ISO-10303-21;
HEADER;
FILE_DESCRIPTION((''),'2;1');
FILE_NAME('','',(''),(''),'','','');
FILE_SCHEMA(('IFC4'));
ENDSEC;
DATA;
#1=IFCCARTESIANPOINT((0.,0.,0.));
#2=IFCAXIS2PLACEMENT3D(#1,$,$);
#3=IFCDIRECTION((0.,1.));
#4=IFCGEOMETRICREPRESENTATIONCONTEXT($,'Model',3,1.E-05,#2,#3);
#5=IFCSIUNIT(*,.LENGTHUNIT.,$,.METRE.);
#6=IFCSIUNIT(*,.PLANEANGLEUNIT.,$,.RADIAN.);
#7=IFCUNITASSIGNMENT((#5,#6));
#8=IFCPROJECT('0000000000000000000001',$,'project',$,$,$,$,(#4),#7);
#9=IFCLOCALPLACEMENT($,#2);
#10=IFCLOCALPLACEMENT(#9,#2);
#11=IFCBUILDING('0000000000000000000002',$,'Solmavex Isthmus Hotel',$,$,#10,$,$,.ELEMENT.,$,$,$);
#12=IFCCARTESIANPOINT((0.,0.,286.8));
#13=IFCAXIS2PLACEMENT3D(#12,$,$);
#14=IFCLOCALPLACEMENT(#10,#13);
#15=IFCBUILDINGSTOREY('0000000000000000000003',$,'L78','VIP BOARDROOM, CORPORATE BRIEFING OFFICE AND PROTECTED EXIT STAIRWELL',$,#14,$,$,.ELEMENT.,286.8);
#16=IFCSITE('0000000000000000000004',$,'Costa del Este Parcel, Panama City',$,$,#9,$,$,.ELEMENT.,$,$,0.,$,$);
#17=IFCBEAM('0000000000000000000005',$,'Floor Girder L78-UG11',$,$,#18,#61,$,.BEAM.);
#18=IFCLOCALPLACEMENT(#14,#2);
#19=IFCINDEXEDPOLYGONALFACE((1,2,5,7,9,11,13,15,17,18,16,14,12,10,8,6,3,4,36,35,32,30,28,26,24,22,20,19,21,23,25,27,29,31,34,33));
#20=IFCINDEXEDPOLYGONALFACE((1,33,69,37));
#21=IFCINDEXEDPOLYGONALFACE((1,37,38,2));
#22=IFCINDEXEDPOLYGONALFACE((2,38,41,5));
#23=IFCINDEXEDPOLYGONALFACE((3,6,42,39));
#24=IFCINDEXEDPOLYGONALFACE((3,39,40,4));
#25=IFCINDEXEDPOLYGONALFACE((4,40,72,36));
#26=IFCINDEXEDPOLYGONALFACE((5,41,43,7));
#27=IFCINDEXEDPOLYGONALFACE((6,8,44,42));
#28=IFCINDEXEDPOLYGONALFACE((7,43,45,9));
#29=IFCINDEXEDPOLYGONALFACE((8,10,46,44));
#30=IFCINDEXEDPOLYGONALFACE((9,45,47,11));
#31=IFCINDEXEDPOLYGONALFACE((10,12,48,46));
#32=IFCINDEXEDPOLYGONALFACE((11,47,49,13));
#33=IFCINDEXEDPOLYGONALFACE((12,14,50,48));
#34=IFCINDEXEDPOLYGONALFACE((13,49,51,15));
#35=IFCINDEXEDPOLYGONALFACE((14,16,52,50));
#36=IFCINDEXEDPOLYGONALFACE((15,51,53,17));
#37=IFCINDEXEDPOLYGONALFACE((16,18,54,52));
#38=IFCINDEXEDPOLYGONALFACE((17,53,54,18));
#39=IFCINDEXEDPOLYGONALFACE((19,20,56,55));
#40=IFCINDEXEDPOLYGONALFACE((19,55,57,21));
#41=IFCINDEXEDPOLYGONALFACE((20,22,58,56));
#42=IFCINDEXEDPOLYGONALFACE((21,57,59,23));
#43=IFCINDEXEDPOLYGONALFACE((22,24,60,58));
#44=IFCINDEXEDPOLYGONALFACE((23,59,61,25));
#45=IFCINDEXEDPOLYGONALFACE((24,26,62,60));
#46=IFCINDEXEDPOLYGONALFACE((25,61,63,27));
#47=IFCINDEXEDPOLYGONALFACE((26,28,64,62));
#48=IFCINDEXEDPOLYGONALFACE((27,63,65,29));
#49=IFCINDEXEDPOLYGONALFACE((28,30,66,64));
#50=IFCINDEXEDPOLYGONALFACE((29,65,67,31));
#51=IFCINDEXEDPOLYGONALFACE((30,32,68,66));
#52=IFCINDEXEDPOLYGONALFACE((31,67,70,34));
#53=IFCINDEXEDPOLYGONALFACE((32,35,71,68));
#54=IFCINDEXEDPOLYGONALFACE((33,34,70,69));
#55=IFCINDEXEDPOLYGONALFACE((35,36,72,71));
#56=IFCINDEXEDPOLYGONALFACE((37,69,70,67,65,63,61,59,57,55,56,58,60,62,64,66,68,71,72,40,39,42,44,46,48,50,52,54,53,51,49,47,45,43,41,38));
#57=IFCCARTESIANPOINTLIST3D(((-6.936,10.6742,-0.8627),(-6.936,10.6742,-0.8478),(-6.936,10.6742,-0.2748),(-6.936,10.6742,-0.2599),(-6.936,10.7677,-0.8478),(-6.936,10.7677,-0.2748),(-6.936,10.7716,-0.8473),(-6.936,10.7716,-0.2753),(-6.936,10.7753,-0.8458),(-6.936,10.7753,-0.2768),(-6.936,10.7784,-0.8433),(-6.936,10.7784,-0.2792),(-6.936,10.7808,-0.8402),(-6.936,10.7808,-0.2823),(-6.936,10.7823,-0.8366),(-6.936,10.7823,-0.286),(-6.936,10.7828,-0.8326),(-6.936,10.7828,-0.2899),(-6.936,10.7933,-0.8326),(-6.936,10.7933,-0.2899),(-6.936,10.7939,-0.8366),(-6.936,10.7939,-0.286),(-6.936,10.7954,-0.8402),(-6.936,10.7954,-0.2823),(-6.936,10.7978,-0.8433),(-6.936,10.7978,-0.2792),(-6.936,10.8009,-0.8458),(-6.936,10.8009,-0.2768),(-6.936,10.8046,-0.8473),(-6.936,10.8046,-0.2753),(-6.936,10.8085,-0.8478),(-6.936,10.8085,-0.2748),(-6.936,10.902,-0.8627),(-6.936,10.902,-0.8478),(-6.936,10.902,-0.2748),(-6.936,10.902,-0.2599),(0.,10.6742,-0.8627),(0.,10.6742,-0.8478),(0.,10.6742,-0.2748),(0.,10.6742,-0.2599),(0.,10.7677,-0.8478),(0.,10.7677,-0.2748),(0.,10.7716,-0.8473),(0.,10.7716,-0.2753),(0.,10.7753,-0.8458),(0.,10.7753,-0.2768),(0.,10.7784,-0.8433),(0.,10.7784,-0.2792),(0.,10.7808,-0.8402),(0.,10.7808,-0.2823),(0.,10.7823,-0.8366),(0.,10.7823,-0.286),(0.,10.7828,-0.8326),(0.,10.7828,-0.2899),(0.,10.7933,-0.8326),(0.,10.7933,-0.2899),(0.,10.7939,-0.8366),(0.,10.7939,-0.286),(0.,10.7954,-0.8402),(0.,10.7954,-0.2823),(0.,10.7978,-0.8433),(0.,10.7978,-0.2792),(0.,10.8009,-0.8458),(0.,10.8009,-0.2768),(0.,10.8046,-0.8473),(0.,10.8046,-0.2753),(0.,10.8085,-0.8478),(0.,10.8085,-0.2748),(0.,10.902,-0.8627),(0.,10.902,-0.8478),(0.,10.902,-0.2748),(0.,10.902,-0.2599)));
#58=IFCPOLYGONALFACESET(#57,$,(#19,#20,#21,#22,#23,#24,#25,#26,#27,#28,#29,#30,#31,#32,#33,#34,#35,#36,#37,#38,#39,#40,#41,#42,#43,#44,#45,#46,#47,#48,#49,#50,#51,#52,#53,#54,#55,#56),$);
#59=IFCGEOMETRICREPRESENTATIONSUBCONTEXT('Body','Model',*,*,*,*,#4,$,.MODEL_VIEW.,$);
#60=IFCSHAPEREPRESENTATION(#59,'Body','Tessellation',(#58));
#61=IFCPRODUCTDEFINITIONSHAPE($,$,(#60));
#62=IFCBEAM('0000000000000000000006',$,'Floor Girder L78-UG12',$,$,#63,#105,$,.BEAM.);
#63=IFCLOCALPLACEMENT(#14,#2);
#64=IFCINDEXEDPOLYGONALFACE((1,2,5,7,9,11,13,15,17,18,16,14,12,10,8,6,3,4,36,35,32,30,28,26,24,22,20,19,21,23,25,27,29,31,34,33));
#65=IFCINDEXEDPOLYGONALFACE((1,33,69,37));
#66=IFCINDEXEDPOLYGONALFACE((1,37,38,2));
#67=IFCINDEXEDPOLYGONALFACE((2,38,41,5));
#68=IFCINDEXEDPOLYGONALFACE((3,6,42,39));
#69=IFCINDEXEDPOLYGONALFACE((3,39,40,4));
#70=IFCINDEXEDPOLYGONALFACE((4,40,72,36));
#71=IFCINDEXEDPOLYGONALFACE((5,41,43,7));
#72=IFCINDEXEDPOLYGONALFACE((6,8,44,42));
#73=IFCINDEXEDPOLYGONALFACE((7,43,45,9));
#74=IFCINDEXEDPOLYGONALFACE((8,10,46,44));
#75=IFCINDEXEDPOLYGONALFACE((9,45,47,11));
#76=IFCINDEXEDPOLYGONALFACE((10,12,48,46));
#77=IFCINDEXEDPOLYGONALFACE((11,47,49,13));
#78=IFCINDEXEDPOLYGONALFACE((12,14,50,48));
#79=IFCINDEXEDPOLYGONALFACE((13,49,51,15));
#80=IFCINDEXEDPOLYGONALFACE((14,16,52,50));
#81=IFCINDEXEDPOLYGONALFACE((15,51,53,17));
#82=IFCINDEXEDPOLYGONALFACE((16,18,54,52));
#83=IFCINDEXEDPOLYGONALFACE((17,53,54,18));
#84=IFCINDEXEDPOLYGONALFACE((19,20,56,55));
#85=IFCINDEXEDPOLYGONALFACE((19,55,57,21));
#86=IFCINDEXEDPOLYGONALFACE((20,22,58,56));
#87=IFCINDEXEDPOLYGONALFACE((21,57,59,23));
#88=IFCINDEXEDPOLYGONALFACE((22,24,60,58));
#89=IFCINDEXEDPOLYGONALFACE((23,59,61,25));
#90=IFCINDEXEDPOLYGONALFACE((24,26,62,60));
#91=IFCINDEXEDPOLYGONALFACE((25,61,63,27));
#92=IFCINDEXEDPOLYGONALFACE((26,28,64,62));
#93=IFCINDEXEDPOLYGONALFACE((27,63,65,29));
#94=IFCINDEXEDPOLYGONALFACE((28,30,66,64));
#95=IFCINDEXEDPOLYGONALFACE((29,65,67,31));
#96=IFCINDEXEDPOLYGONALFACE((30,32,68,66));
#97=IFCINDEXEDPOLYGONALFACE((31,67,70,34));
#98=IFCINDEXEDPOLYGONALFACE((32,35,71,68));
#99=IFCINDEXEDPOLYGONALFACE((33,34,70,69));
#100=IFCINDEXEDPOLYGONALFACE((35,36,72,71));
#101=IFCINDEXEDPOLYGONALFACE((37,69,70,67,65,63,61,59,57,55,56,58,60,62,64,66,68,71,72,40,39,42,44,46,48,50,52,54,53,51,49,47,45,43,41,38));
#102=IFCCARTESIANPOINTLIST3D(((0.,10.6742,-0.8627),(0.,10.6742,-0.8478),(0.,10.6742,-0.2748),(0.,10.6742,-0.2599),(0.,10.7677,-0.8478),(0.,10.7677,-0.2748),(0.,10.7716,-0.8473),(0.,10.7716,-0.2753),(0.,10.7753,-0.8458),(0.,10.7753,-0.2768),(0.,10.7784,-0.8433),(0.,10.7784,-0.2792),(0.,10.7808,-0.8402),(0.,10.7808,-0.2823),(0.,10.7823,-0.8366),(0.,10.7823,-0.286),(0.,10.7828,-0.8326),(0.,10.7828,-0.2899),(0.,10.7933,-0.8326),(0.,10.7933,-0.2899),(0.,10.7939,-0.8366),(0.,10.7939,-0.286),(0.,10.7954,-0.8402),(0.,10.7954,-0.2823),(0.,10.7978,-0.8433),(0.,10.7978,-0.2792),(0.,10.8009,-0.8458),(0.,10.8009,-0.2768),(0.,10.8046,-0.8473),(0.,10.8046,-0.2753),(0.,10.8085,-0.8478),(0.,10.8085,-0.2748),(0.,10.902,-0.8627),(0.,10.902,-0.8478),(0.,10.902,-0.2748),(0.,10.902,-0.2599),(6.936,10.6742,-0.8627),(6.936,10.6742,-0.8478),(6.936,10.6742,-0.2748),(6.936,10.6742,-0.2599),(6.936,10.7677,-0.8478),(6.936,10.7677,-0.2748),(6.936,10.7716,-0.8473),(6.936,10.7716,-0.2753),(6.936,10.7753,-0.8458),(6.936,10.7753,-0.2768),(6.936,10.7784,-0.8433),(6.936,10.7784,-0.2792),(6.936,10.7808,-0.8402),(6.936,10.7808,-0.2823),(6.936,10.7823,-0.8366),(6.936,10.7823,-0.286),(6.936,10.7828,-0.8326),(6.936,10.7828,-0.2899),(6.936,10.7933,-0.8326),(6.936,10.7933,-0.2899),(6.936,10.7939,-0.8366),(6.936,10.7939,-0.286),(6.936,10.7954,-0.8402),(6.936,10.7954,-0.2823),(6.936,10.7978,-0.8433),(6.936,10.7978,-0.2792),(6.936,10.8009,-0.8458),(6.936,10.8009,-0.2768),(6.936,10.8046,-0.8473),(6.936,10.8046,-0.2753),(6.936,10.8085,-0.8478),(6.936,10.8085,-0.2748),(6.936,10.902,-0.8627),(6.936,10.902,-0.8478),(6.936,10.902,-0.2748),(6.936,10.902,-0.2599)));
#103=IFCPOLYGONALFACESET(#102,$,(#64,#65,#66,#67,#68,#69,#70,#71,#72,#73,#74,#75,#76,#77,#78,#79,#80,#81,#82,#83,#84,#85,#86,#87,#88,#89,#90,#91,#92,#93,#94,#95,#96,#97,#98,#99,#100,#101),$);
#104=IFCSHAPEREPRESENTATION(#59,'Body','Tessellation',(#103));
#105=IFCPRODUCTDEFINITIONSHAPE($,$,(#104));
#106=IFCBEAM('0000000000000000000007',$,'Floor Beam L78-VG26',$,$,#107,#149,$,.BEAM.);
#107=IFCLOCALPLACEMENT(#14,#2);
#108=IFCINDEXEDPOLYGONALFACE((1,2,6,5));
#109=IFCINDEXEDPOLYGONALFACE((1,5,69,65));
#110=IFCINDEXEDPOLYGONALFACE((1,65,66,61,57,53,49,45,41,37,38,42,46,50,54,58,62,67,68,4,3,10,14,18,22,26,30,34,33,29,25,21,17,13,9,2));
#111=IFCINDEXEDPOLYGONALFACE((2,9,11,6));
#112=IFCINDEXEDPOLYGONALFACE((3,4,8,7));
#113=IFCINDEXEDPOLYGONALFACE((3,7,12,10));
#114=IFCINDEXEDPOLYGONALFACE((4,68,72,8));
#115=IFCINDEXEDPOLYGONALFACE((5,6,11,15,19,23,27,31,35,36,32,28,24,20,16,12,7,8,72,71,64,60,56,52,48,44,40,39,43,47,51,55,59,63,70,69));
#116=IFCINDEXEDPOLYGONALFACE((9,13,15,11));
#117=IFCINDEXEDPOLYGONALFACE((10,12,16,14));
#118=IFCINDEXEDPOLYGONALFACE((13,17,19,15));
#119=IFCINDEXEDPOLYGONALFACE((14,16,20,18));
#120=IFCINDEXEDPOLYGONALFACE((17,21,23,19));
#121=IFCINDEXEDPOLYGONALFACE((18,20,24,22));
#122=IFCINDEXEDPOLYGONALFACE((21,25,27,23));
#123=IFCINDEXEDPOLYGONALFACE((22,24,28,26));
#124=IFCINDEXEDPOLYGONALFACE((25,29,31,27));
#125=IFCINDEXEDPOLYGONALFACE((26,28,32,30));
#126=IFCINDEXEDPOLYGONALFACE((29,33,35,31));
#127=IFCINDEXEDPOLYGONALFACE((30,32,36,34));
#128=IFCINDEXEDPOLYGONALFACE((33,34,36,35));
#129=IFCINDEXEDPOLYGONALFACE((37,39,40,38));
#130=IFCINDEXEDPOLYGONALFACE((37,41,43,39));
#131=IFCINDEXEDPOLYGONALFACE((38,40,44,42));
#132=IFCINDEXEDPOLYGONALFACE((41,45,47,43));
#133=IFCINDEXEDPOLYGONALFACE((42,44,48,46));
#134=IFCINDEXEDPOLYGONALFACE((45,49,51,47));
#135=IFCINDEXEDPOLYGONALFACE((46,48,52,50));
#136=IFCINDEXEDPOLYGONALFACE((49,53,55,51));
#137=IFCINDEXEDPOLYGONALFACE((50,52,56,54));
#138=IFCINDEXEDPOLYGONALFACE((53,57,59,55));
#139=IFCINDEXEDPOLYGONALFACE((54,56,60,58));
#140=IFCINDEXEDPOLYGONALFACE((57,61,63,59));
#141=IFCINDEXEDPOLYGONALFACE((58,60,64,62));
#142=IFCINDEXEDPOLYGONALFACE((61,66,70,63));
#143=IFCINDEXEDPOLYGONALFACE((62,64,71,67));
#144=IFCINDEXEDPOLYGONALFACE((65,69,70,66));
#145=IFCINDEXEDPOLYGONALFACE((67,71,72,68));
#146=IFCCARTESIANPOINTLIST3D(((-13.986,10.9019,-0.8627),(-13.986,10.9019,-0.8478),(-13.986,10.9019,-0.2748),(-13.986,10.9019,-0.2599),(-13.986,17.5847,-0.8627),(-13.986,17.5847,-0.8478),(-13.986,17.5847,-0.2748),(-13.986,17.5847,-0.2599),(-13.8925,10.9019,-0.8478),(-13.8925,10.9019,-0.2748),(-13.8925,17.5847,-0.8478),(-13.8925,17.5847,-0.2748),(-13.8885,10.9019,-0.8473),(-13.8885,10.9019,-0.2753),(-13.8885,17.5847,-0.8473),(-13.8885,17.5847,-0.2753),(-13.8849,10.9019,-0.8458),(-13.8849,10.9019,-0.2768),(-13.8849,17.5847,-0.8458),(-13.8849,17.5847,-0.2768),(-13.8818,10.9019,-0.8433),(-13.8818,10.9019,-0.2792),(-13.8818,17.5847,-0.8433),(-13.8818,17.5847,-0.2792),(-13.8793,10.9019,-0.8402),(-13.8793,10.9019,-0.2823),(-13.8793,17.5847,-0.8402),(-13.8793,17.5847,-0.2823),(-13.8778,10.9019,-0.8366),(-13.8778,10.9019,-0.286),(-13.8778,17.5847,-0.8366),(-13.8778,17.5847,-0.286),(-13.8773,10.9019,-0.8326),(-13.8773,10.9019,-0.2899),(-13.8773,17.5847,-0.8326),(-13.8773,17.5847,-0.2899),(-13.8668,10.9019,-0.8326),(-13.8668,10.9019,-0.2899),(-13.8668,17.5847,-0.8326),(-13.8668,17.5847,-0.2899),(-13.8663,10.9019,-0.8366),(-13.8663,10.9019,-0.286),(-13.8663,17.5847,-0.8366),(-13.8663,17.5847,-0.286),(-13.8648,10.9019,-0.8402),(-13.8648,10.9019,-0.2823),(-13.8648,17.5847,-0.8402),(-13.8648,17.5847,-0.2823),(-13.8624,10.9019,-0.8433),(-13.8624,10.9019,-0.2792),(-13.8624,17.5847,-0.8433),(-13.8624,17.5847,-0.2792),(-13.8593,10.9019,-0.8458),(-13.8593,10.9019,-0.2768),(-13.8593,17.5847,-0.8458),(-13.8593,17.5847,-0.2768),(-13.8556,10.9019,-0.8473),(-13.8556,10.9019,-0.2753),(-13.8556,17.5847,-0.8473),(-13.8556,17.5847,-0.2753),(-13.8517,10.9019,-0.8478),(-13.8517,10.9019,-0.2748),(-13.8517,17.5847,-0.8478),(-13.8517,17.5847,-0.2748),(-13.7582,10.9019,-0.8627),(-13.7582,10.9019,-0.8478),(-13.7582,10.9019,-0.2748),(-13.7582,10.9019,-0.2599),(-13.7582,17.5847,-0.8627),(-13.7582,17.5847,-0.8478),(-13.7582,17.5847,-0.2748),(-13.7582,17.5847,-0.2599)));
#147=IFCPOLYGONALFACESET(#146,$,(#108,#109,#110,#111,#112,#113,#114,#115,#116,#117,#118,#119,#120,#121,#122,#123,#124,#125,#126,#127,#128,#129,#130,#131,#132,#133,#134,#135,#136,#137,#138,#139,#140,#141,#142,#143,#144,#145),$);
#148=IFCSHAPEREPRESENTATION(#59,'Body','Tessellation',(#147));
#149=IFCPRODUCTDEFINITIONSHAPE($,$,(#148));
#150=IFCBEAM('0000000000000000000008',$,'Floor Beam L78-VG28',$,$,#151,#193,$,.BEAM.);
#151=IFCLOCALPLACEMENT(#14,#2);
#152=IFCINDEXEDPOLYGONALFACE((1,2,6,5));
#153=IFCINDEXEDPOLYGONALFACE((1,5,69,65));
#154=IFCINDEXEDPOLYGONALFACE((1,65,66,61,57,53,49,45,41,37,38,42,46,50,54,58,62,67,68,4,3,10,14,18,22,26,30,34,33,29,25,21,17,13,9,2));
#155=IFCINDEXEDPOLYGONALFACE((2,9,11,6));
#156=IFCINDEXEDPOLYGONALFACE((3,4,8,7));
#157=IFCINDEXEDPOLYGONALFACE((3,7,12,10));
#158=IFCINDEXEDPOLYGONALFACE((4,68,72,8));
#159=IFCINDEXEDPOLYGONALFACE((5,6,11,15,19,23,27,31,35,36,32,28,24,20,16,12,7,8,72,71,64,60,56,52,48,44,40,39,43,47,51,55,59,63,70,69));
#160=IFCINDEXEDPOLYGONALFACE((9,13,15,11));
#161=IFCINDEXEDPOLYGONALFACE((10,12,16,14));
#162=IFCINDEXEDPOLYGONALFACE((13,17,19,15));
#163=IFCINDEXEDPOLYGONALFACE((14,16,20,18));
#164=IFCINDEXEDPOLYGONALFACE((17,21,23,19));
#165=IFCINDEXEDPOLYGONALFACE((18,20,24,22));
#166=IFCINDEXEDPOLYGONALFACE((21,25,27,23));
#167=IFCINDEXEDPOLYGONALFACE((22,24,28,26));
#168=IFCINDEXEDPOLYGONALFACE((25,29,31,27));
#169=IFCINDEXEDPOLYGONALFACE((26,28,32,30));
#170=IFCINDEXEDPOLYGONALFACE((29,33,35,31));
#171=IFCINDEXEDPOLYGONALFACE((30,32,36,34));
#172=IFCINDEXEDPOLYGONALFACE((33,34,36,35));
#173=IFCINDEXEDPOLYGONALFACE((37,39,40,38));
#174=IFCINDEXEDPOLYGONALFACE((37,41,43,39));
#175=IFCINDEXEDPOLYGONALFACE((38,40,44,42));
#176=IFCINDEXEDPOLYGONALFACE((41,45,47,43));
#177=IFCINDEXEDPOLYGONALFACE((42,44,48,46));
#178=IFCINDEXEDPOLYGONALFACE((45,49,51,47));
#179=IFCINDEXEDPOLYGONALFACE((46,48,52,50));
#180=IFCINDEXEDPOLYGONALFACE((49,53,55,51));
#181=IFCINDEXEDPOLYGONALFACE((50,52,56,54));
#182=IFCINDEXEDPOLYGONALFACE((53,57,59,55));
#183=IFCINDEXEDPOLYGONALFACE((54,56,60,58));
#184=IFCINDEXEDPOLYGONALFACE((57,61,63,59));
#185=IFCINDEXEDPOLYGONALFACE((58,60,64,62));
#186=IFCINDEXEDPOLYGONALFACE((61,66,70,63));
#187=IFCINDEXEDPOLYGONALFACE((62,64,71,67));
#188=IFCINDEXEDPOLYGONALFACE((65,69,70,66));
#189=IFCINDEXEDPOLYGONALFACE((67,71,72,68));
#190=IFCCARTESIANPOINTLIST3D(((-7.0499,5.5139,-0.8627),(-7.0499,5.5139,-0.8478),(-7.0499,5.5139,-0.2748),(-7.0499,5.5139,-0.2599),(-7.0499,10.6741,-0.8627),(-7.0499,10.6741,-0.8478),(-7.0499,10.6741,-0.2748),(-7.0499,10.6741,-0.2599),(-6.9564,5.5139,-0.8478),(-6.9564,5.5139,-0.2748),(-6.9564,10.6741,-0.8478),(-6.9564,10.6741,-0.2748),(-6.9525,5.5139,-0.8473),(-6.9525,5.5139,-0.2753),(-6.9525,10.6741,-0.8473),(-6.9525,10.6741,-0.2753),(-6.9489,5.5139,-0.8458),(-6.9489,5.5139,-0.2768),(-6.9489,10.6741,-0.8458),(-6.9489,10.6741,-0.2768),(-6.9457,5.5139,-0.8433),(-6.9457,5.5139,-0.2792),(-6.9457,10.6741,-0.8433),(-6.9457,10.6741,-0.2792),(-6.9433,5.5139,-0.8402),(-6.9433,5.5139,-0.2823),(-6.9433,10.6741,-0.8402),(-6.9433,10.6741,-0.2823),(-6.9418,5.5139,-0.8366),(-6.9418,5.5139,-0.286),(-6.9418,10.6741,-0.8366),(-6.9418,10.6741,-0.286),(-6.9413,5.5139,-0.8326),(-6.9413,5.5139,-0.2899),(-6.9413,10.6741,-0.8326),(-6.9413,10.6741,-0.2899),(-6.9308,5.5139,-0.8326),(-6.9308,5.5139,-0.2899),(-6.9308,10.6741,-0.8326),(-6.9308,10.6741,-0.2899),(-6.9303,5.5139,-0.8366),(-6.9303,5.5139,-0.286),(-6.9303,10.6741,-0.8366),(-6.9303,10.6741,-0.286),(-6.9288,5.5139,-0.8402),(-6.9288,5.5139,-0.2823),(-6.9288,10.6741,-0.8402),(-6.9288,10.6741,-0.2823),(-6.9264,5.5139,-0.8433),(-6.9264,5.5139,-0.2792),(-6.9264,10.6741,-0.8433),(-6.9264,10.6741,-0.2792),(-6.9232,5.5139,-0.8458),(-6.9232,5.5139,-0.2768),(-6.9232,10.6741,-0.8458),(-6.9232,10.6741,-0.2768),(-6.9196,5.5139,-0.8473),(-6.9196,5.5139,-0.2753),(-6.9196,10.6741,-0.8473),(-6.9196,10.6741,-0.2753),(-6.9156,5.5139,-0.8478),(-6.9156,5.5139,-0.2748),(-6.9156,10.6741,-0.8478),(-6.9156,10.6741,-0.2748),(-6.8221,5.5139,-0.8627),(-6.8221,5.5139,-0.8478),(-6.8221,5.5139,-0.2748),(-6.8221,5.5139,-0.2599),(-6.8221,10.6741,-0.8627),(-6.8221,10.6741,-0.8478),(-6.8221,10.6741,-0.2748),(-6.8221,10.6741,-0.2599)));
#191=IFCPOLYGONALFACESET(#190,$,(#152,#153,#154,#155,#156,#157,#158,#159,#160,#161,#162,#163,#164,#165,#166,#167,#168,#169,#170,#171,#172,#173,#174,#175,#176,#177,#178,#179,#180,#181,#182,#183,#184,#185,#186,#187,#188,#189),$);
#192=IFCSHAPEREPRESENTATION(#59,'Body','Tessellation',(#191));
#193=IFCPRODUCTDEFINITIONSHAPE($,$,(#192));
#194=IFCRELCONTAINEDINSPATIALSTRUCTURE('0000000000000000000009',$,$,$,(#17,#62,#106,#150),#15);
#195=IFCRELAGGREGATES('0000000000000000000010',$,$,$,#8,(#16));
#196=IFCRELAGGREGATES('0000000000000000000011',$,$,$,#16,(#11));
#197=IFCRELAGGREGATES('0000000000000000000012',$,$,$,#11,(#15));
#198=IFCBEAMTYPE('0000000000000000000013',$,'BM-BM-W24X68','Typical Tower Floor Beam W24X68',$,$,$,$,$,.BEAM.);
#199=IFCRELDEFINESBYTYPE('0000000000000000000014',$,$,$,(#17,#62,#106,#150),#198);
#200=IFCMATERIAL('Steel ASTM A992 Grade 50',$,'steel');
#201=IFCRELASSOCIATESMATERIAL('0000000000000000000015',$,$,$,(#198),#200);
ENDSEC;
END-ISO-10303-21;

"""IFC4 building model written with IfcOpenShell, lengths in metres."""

from ifc_helpers import new_model, si_unit, direction, frame, origin, origin_2d, place, context, subcontext, project, spatial, i_section, extrude, material, material_profile, profile_set, type_object, element, save


model = new_model("IFC4")

# Units and contexts
model_context = context("Model", 3, precision=1e-05, world=origin(), true_north=direction((0.0, 1.0)))
body_context = subcontext(model_context, "Body", "Model", "MODEL_VIEW")
ifc_project = project(units=[si_unit("LENGTHUNIT", "METRE"), si_unit("PLANEANGLEUNIT", "RADIAN")], contexts=[model_context])

# Site, building, storey
site_placement = place(None, origin())
site = spatial("IfcSite", under=ifc_project, at=site_placement, Name="Costa del Este Parcel, Panama City", CompositionType="ELEMENT", RefElevation=0.0)
building_placement = place(site_placement, origin())
building = spatial("IfcBuilding", under=site, at=building_placement, Name="Solmavex Isthmus Hotel", CompositionType="ELEMENT")
storey_placement = place(building_placement, frame((0.0, 0.0, 286.8)))
storey = spatial("IfcBuildingStorey", under=building, at=storey_placement, Name="L78", Description="VIP BOARDROOM, CORPORATE BRIEFING OFFICE AND PROTECTED EXIT STAIRWELL", CompositionType="ELEMENT", Elevation=286.8)

# Beams
ifc_material_1 = material(Name="Steel ASTM A992 Grade 50", Category="steel")
ifc_material_profile_1 = material_profile(ifc_material_1, i_section(OverallWidth=0.2278, OverallDepth=0.6028, WebThickness=0.0105, FlangeThickness=0.0149, FilletRadius=0.0151, at=origin_2d()), Name="W24X68")
ifc_profile_set_1 = profile_set([ifc_material_profile_1], Name="Steel ASTM A992 Grade 50")
beam_type_1 = type_object("IfcBeamType", Name="BM-BM-W24X68", Description="Typical Tower Floor Beam W24X68", PredefinedType="BEAM", material=ifc_profile_set_1)
for number, where, z_axis, x_axis, name in (
    (1, (-6.936, 10.7881, -0.5613), (1.0, 0.0, 0.0), (0.0, 1.0, 0.0), "Floor Girder L78-UG11"),
    (2, (0.0, 10.7881, -0.5613), (1.0, 0.0, 0.0), (0.0, 1.0, 0.0), "Floor Girder L78-UG12"),
):
    element("IfcBeam", number, at=place(storey_placement, frame(where, z_axis=z_axis, x_axis=x_axis)), inside=storey, type_object=beam_type_1, Name=name, PredefinedType="BEAM", context=body_context, shape_type="SweptSolid", body=[
        extrude(i_section(OverallWidth=0.2278, OverallDepth=0.6028, WebThickness=0.0105, FlangeThickness=0.0149, FilletRadius=0.0151, at=origin_2d()), origin(), (0.0, 0.0, 1.0), 6.936),
    ])
beam_1_placement = place(storey_placement, frame((-13.8721, 10.9019, -0.5613), z_axis=(0.0, 1.0, 0.0), x_axis=(-1.0, 0.0, 0.0)))
element("IfcBeam", 3, at=beam_1_placement, inside=storey, type_object=beam_type_1, Name="Floor Beam L78-VG26", PredefinedType="BEAM", context=body_context, shape_type="SweptSolid", body=[
    extrude(i_section(OverallWidth=0.2278, OverallDepth=0.6028, WebThickness=0.0105, FlangeThickness=0.0149, FilletRadius=0.0151, at=origin_2d()), origin(), (0.0, 0.0, 1.0), 6.6829),
])
beam_2_placement = place(storey_placement, frame((-6.936, 5.5139, -0.5613), z_axis=(0.0, 1.0, 0.0), x_axis=(-1.0, 0.0, 0.0)))
element("IfcBeam", 4, at=beam_2_placement, inside=storey, type_object=beam_type_1, Name="Floor Beam L78-VG28", PredefinedType="BEAM", context=body_context, shape_type="SweptSolid", body=[
    extrude(i_section(OverallWidth=0.2278, OverallDepth=0.6028, WebThickness=0.0105, FlangeThickness=0.0149, FilletRadius=0.0151, at=origin_2d()), origin(), (0.0, 0.0, 1.0), 5.1602),
])

save(model, "model.ifc")
